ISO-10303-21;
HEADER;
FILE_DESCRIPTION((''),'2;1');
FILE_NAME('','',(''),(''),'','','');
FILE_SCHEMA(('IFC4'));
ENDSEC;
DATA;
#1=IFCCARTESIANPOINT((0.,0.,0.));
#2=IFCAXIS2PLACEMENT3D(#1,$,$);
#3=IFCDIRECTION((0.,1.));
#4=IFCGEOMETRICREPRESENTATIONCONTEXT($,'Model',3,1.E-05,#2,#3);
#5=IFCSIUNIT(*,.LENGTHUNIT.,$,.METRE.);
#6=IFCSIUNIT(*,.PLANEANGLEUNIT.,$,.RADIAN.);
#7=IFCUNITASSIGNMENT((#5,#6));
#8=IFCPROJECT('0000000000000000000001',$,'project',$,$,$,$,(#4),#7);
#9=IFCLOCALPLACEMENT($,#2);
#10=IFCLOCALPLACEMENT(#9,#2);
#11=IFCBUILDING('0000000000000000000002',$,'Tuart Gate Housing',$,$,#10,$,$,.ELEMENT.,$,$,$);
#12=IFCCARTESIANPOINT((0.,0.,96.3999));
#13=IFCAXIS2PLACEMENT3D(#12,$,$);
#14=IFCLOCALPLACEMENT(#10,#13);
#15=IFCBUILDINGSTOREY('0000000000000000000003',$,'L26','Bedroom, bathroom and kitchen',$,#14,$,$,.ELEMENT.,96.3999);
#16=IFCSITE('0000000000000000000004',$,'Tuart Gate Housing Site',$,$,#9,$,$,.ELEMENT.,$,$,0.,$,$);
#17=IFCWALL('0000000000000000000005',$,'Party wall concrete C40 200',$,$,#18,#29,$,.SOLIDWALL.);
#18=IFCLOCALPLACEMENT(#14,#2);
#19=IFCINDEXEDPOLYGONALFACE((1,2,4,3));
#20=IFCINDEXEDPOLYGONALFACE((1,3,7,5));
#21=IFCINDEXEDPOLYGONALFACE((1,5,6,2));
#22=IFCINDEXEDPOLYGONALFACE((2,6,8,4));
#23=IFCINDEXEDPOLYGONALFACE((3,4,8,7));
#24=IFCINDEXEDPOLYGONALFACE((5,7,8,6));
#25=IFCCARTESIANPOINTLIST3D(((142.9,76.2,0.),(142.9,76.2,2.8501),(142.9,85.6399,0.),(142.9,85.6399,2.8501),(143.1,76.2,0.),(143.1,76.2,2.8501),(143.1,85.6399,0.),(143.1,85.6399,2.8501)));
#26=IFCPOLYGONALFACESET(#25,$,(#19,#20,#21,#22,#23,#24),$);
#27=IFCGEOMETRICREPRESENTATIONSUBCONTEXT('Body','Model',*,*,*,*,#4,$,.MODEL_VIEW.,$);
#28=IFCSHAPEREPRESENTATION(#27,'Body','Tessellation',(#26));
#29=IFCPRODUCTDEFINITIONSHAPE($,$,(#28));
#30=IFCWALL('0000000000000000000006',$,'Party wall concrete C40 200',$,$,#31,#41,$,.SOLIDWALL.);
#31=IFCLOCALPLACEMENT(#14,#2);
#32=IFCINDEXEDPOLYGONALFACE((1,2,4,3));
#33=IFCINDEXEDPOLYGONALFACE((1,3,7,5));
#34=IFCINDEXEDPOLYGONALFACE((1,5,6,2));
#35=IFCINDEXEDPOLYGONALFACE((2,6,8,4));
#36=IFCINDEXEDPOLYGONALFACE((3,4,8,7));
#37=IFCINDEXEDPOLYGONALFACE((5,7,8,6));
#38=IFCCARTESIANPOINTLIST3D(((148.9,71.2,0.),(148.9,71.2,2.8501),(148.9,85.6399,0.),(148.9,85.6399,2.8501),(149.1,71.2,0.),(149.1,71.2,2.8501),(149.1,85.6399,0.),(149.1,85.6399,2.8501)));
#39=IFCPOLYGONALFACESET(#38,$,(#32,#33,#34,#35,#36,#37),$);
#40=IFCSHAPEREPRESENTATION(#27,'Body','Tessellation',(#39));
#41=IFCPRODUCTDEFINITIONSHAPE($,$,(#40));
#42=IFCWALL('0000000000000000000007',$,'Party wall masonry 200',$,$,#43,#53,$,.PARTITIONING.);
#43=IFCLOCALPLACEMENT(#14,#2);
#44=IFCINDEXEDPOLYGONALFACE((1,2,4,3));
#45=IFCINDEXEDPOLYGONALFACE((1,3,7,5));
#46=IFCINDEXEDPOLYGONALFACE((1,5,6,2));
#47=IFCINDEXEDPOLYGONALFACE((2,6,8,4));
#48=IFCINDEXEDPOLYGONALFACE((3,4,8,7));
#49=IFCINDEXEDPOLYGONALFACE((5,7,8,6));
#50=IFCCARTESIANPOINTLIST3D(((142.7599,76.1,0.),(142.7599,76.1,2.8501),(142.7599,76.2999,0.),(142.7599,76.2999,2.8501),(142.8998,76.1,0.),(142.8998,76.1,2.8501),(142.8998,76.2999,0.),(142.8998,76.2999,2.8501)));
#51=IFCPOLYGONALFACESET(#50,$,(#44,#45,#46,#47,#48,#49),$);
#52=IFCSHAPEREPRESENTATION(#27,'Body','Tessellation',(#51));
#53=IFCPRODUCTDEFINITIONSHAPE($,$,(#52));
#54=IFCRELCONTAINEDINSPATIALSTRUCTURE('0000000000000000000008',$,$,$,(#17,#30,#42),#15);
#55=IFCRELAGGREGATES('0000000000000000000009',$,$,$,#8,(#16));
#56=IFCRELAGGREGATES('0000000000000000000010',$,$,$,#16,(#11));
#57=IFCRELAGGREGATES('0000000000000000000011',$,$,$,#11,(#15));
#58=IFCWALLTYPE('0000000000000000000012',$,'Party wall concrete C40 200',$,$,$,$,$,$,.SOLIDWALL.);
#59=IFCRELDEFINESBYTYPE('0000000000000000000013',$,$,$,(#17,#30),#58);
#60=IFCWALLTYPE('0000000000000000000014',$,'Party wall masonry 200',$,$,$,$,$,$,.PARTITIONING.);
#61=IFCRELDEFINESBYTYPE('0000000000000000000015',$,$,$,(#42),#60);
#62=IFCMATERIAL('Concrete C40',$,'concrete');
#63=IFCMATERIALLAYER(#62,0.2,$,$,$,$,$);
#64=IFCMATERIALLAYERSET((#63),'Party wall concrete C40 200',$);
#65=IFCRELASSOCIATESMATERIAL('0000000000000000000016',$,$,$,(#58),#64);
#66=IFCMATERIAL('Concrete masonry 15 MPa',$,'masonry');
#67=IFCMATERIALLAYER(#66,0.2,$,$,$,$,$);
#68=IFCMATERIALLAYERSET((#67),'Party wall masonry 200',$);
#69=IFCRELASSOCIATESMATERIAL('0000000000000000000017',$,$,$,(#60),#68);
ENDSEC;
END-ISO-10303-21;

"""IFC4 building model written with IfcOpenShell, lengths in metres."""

from ifc_helpers import new_model, si_unit, direction, frame, frame_2d, origin, place, context, subcontext, project, spatial, rectangle, extrude, material, layer, layer_set, type_object, element, save


model = new_model("IFC4")

# Units and contexts
model_context = context("Model", 3, precision=1e-05, world=origin(), true_north=direction((0.0, 1.0)))
body_context = subcontext(model_context, "Body", "Model", "MODEL_VIEW")
ifc_project = project(units=[si_unit("LENGTHUNIT", "METRE"), si_unit("PLANEANGLEUNIT", "RADIAN")], contexts=[model_context])

# Site, building, storey
site_placement = place(None, origin())
site = spatial("IfcSite", under=ifc_project, at=site_placement, Name="Tuart Gate Housing Site", CompositionType="ELEMENT", RefElevation=0.0)
building_placement = place(site_placement, origin())
building = spatial("IfcBuilding", under=site, at=building_placement, Name="Tuart Gate Housing", CompositionType="ELEMENT")
storey_placement = place(building_placement, frame((0.0, 0.0, 96.3999)))
storey = spatial("IfcBuildingStorey", under=building, at=storey_placement, Name="L26", Description="Bedroom, bathroom and kitchen", CompositionType="ELEMENT", Elevation=96.3999)

# Walls
ifc_material_1 = material(Name="Concrete C40", Category="concrete")
ifc_layer_1 = layer(ifc_material_1, 0.2)
ifc_layer_set_1 = layer_set([ifc_layer_1], Name="Party wall concrete C40 200")
wall_type_1 = type_object("IfcWallType", Name="Party wall concrete C40 200", PredefinedType="SOLIDWALL", material=ifc_layer_set_1)
wall_1_placement = place(storey_placement, frame((143.0, 76.2, 0.0), z_axis=(0.0, 0.0, 1.0), x_axis=(0.0, 1.0, 0.0)))
element("IfcWall", 1, at=wall_1_placement, inside=storey, type_object=wall_type_1, Name="Party wall concrete C40 200", PredefinedType="SOLIDWALL", context=body_context, shape_type="SweptSolid", body=[
    extrude(rectangle(XDim=9.4399, YDim=0.2, at=frame_2d((4.72, 0.0))), origin(), (0.0, 0.0, 1.0), 2.8501),
])
wall_2_placement = place(storey_placement, frame((149.0, 71.2, 0.0), z_axis=(0.0, 0.0, 1.0), x_axis=(0.0, 1.0, 0.0)))
element("IfcWall", 2, at=wall_2_placement, inside=storey, type_object=wall_type_1, Name="Party wall concrete C40 200", PredefinedType="SOLIDWALL", context=body_context, shape_type="SweptSolid", body=[
    extrude(rectangle(XDim=14.4399, YDim=0.2, at=frame_2d((7.22, 0.0))), origin(), (0.0, 0.0, 1.0), 2.8501),
])
ifc_material_2 = material(Name="Concrete masonry 15 MPa", Category="masonry")
ifc_layer_2 = layer(ifc_material_2, 0.2)
ifc_layer_set_2 = layer_set([ifc_layer_2], Name="Party wall masonry 200")
wall_type_2 = type_object("IfcWallType", Name="Party wall masonry 200", PredefinedType="PARTITIONING", material=ifc_layer_set_2)
wall_3_placement = place(storey_placement, frame((142.76, 76.2, 0.0), z_axis=(0.0, 0.0, 1.0), x_axis=(1.0, 0.0, 0.0)))
element("IfcWall", 3, at=wall_3_placement, inside=storey, type_object=wall_type_2, Name="Party wall masonry 200", PredefinedType="PARTITIONING", context=body_context, shape_type="SweptSolid", body=[
    extrude(rectangle(XDim=0.1399, YDim=0.2, at=frame_2d((0.0698, 0.0))), origin(), (0.0, 0.0, 1.0), 2.8501),
])

save(model, "model.ifc")
